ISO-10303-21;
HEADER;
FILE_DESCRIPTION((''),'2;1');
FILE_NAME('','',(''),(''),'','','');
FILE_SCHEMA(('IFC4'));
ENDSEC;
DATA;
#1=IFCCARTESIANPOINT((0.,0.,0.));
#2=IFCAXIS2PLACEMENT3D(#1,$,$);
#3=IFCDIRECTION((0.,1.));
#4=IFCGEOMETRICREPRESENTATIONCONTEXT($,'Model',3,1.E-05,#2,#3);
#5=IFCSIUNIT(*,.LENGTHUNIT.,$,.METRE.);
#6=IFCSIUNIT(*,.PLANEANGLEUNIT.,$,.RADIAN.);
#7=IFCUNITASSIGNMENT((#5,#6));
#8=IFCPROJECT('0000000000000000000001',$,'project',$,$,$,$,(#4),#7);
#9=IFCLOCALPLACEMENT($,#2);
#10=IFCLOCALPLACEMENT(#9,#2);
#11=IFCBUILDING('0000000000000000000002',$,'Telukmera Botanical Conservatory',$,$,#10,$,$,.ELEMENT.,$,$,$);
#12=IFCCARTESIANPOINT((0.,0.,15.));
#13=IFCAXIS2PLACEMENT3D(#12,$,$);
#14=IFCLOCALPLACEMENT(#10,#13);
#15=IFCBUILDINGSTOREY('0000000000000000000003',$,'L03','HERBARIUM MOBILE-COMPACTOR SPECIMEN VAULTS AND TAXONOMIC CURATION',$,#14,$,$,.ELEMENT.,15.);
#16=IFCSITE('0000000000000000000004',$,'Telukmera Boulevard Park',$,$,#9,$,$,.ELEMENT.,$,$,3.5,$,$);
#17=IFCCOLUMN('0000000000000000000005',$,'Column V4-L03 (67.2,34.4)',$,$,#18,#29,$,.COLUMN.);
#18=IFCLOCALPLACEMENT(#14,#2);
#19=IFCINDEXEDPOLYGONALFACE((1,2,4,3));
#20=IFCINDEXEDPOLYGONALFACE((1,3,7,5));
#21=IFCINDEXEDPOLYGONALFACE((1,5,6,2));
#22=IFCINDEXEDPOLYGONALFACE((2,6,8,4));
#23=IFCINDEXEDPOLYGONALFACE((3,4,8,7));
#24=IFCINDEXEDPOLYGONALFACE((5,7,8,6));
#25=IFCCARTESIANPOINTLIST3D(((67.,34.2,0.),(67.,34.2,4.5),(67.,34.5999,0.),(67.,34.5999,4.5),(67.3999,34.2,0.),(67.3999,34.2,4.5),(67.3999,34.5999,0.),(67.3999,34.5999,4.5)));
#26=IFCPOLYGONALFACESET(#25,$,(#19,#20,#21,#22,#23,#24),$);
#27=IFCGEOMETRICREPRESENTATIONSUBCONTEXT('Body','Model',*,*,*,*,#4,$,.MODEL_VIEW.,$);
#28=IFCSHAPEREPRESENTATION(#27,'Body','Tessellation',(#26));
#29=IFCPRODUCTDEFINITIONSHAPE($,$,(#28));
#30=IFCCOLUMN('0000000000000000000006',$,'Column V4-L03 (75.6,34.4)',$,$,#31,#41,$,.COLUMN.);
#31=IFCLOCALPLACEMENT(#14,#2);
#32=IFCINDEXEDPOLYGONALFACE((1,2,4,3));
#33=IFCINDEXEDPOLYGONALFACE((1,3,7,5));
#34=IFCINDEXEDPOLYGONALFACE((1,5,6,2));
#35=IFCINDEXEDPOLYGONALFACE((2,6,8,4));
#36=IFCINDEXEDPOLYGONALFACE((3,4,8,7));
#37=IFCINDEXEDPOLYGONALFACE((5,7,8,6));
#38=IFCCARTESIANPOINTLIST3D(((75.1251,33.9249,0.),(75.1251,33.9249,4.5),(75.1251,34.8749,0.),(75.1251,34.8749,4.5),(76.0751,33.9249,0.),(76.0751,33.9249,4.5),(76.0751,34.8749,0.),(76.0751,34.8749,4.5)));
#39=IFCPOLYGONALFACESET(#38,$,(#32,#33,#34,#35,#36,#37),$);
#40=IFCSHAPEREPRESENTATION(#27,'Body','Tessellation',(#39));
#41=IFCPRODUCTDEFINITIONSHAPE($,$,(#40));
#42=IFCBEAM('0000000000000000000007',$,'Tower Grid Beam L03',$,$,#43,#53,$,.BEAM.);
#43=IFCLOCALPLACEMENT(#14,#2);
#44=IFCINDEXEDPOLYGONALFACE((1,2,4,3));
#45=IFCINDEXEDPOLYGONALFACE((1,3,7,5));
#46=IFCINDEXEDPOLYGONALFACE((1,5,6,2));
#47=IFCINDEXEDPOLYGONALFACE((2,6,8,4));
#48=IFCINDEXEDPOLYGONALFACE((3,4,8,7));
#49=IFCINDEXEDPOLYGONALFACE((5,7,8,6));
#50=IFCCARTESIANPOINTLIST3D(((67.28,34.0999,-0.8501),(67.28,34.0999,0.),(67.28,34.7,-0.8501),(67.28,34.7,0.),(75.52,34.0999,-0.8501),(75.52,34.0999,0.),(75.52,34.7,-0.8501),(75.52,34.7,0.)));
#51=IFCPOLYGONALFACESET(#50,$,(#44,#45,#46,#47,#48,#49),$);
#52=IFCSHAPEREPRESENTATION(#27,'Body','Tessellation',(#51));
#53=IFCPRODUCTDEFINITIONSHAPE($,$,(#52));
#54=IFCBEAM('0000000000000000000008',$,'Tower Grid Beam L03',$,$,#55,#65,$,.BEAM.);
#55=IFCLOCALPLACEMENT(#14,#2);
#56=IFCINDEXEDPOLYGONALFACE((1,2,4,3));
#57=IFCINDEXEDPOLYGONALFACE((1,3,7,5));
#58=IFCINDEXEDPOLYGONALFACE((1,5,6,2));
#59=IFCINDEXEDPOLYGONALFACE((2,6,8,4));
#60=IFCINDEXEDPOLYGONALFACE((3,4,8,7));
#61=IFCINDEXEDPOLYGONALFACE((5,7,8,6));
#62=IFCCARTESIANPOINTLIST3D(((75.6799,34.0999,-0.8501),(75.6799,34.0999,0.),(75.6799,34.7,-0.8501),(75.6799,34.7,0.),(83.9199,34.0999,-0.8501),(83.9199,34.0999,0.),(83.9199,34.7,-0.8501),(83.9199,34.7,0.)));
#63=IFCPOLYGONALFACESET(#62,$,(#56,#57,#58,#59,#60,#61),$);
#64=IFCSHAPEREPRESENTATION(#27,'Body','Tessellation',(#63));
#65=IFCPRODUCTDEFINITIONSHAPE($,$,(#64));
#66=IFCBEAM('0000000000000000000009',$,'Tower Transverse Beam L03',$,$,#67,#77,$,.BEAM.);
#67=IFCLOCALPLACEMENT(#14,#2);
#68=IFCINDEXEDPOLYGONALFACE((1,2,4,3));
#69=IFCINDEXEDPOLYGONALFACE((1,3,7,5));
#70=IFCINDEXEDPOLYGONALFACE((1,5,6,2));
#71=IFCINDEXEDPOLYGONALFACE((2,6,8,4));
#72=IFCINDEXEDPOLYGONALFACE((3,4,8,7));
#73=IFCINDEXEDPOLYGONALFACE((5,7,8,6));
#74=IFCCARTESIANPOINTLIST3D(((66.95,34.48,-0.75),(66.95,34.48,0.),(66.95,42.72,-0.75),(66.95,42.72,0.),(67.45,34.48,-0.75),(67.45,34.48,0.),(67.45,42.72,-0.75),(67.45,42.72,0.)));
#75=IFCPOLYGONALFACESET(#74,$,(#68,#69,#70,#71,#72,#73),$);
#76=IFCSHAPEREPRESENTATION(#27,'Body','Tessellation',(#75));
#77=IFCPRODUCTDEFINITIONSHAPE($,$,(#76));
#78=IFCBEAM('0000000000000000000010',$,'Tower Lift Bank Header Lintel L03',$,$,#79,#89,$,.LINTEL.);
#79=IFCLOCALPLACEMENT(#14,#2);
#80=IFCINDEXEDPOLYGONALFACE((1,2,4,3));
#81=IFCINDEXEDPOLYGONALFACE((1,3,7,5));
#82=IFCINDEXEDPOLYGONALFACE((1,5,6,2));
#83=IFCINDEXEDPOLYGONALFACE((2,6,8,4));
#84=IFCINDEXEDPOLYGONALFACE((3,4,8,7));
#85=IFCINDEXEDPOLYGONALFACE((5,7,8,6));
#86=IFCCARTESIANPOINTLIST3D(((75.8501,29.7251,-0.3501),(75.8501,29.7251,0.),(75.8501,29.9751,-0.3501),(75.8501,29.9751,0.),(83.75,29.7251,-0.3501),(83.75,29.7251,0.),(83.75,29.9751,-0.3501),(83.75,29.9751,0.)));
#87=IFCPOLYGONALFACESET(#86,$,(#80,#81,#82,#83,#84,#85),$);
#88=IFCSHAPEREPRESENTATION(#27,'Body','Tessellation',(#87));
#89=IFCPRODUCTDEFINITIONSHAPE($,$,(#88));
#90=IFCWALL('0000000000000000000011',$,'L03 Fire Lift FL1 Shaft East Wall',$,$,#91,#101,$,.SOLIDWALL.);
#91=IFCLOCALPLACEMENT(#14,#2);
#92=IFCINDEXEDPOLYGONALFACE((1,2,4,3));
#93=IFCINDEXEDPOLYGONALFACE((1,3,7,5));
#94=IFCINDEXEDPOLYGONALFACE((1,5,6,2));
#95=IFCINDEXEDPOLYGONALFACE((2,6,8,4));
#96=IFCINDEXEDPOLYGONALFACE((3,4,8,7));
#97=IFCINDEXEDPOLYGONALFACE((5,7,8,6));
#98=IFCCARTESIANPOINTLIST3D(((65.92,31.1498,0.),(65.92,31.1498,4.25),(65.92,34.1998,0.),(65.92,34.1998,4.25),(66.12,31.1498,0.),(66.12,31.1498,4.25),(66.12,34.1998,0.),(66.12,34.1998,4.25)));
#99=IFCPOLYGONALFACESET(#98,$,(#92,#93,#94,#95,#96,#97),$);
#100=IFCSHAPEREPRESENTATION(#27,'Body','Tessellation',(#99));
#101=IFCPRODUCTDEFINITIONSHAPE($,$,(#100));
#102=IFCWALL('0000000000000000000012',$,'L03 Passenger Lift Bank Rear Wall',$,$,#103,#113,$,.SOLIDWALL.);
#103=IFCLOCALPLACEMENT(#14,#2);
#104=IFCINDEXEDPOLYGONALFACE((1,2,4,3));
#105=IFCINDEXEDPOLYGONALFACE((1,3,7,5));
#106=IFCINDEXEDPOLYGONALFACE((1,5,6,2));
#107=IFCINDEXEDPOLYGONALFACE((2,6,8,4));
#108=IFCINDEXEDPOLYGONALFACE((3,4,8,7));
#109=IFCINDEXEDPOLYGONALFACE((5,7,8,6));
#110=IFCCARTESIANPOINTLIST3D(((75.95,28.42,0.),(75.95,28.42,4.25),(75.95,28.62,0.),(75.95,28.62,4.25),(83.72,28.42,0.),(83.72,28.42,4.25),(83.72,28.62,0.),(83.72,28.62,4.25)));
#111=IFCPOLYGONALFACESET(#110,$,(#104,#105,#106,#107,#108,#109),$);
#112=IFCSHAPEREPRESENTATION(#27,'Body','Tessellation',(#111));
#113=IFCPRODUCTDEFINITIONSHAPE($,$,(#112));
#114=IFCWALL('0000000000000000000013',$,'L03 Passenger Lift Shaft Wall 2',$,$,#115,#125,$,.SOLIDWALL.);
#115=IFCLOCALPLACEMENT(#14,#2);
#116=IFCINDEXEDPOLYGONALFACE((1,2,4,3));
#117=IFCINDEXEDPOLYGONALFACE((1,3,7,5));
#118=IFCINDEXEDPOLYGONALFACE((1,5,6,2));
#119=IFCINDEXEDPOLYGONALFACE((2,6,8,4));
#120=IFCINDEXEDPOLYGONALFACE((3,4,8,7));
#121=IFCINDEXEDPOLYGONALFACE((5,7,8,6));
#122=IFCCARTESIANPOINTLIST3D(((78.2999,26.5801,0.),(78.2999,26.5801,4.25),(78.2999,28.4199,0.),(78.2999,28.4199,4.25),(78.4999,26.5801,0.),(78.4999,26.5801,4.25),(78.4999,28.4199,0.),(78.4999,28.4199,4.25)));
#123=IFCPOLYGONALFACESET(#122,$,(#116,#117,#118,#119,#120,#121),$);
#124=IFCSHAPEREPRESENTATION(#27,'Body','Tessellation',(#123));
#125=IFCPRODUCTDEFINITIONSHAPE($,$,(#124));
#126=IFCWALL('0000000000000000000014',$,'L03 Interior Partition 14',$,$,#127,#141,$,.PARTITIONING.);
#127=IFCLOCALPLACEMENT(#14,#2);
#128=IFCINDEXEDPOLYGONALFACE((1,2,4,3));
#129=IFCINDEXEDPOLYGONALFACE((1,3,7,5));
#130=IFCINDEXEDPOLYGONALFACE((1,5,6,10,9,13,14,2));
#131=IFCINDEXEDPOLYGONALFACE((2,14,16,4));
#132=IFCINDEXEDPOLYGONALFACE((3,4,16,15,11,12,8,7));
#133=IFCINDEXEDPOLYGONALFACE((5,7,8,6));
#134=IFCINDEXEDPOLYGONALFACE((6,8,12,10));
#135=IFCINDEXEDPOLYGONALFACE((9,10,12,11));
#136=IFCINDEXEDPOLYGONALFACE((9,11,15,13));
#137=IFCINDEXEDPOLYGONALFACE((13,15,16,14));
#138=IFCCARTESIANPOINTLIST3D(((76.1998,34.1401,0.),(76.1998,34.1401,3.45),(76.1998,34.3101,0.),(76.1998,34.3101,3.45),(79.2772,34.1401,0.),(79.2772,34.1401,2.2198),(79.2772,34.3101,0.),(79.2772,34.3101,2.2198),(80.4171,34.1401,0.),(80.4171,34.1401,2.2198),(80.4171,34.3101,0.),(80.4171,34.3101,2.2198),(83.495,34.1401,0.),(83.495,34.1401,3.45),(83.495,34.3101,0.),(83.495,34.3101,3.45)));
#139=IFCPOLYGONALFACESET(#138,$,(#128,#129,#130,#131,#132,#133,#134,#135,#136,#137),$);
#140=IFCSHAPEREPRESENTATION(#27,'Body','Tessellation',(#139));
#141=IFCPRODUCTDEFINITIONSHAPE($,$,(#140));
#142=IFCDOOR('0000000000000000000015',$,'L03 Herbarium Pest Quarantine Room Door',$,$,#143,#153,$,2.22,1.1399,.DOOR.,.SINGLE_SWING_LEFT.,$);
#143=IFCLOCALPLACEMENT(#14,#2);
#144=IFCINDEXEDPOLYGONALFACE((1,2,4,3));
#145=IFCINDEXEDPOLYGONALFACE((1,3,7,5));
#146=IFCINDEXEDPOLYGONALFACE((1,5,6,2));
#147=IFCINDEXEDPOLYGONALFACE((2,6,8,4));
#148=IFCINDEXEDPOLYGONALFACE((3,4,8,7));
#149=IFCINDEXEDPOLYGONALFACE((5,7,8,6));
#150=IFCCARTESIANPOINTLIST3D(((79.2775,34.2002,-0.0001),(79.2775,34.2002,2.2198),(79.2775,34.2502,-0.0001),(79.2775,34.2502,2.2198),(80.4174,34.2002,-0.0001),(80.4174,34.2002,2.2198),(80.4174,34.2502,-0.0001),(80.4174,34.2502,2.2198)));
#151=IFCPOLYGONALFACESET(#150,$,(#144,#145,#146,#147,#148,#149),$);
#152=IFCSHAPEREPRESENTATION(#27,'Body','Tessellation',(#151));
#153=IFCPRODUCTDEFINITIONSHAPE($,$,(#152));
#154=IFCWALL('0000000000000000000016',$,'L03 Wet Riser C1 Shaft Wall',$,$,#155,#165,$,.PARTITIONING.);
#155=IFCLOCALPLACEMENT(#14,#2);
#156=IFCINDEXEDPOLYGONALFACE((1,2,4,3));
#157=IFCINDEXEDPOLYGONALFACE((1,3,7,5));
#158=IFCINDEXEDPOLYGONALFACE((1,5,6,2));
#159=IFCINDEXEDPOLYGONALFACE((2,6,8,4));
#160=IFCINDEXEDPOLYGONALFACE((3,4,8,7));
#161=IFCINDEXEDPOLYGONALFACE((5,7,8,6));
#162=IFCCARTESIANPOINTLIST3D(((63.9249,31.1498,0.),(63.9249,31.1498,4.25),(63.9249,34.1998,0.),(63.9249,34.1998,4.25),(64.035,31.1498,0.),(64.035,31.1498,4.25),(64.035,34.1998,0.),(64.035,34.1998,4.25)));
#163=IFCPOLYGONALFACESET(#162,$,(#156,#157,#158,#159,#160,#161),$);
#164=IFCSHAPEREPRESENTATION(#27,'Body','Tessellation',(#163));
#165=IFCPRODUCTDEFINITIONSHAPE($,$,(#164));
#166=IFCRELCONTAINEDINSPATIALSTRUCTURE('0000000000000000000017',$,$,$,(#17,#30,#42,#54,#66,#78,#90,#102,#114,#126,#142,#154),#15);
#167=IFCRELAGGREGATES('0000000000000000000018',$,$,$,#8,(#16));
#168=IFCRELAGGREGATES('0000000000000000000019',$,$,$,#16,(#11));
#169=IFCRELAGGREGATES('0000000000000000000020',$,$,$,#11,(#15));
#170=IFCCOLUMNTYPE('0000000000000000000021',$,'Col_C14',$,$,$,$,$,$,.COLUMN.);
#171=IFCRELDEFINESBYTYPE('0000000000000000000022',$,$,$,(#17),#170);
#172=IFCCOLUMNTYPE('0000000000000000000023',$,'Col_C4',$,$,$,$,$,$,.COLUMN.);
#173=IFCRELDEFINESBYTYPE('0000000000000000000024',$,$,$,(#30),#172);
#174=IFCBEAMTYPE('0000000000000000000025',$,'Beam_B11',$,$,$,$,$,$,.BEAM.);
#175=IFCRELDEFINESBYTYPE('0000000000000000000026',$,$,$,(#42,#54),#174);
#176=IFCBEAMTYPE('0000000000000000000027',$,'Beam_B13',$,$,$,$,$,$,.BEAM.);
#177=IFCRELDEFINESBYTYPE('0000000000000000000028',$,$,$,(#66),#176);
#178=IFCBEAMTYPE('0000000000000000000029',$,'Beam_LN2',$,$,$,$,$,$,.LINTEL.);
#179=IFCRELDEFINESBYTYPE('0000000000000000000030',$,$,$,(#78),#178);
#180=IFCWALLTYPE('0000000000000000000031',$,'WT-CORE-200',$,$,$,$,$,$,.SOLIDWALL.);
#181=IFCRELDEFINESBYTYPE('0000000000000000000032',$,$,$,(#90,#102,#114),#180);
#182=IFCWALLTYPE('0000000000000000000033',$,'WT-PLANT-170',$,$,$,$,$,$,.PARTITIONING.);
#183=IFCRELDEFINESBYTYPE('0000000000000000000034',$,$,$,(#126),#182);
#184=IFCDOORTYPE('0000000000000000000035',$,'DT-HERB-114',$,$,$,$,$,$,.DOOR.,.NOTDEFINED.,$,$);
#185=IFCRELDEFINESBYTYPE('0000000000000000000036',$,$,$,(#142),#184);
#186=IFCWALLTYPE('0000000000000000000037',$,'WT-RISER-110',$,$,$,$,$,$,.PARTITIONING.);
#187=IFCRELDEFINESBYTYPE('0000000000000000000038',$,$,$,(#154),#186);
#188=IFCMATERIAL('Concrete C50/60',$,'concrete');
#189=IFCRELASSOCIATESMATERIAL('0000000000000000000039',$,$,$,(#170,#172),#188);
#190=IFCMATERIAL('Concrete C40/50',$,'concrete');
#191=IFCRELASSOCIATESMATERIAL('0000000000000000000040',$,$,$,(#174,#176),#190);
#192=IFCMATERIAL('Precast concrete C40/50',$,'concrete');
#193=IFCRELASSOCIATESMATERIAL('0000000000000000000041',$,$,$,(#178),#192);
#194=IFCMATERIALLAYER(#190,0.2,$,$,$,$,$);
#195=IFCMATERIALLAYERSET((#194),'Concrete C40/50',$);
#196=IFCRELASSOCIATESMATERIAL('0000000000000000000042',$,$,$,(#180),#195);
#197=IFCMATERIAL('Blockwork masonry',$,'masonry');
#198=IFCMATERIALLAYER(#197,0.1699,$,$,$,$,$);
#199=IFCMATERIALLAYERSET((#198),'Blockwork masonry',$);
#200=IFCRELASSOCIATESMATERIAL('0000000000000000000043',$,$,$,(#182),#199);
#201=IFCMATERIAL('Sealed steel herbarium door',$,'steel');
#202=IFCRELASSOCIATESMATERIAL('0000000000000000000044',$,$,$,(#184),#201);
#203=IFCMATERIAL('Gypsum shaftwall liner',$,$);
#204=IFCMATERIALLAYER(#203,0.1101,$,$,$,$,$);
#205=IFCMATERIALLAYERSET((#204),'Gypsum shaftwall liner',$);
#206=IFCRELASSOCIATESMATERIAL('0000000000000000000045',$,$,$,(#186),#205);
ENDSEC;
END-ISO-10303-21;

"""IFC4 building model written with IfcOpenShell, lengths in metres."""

from ifc_helpers import new_model, si_unit, direction, frame, frame_2d, origin, origin_2d, place, context, subcontext, project, spatial, rectangle, extrude, material, layer, layer_set, material_profile, profile_set, type_object, element, fill, save


model = new_model("IFC4")

# Units and contexts
model_context = context("Model", 3, precision=1e-05, world=origin(), true_north=direction((0.0, 1.0)))
body_context = subcontext(model_context, "Body", "Model", "MODEL_VIEW")
ifc_project = project(units=[si_unit("LENGTHUNIT", "METRE"), si_unit("PLANEANGLEUNIT", "RADIAN")], contexts=[model_context])

# Site, building, storey
site_placement = place(None, origin())
site = spatial("IfcSite", under=ifc_project, at=site_placement, Name="Telukmera Boulevard Park", CompositionType="ELEMENT", RefElevation=3.5)
building_placement = place(site_placement, origin())
building = spatial("IfcBuilding", under=site, at=building_placement, Name="Telukmera Botanical Conservatory", CompositionType="ELEMENT")
storey_placement = place(building_placement, frame((0.0, 0.0, 15.0)))
storey = spatial("IfcBuildingStorey", under=building, at=storey_placement, Name="L03", Description="HERBARIUM MOBILE-COMPACTOR SPECIMEN VAULTS AND TAXONOMIC CURATION", CompositionType="ELEMENT", Elevation=15.0)

# Columns
ifc_material_1 = material(Name="Concrete C50/60", Category="concrete")
ifc_material_profile_1 = material_profile(ifc_material_1, rectangle(XDim=0.3999, YDim=0.3999, at=origin_2d()), Name="RC 400x400")
ifc_profile_set_1 = profile_set([ifc_material_profile_1], Name="Concrete C50/60")
column_type_1 = type_object("IfcColumnType", Name="Col_C14", PredefinedType="COLUMN", material=ifc_profile_set_1)
column_1_placement = place(storey_placement, frame((67.2, 34.3999, 0.0), z_axis=(0.0, 0.0, 1.0), x_axis=(1.0, 0.0, 0.0)))
element("IfcColumn", 1, at=column_1_placement, inside=storey, type_object=column_type_1, Name="Column V4-L03 (67.2,34.4)", PredefinedType="COLUMN", context=body_context, shape_type="SweptSolid", body=[
    extrude(rectangle(XDim=0.3999, YDim=0.3999, at=origin_2d()), origin(), (0.0, 0.0, 1.0), 4.5),
])
ifc_material_profile_2 = material_profile(ifc_material_1, rectangle(XDim=0.95, YDim=0.95, at=origin_2d()), Name="RC 950x950")
ifc_profile_set_2 = profile_set([ifc_material_profile_2], Name="Concrete C50/60")
column_type_2 = type_object("IfcColumnType", Name="Col_C4", PredefinedType="COLUMN", material=ifc_profile_set_2)
column_2_placement = place(storey_placement, frame((75.6001, 34.3999, 0.0), z_axis=(0.0, 0.0, 1.0), x_axis=(1.0, 0.0, 0.0)))
element("IfcColumn", 2, at=column_2_placement, inside=storey, type_object=column_type_2, Name="Column V4-L03 (75.6,34.4)", PredefinedType="COLUMN", context=body_context, shape_type="SweptSolid", body=[
    extrude(rectangle(XDim=0.95, YDim=0.95, at=origin_2d()), origin(), (0.0, 0.0, 1.0), 4.5),
])

# Beams
ifc_material_2 = material(Name="Concrete C40/50", Category="concrete")
ifc_material_profile_3 = material_profile(ifc_material_2, rectangle(XDim=0.6001, YDim=0.8501, at=origin_2d()), Name="RC 600x850")
ifc_profile_set_3 = profile_set([ifc_material_profile_3], Name="Concrete C40/50")
beam_type_1 = type_object("IfcBeamType", Name="Beam_B11", PredefinedType="BEAM", material=ifc_profile_set_3)
for number, where, z_axis, x_axis, name in (
    (3, (67.28, 34.3999, -0.425), (1.0, 0.0, 0.0), (0.0, 1.0, 0.0), "Tower Grid Beam L03"),
    (4, (75.6799, 34.3999, -0.425), (1.0, 0.0, 0.0), (0.0, 1.0, 0.0), "Tower Grid Beam L03"),
):
    element("IfcBeam", number, at=place(storey_placement, frame(where, z_axis=z_axis, x_axis=x_axis)), inside=storey, type_object=beam_type_1, Name=name, PredefinedType="BEAM", context=body_context, shape_type="SweptSolid", body=[
        extrude(rectangle(XDim=0.6001, YDim=0.8501, at=origin_2d()), origin(), (0.0, 0.0, 1.0), 8.24),
    ])
ifc_material_profile_4 = material_profile(ifc_material_2, rectangle(XDim=0.5, YDim=0.75, at=origin_2d()), Name="RC 500x750")
ifc_profile_set_4 = profile_set([ifc_material_profile_4], Name="Concrete C40/50")
beam_type_2 = type_object("IfcBeamType", Name="Beam_B13", PredefinedType="BEAM", material=ifc_profile_set_4)
beam_1_placement = place(storey_placement, frame((67.2, 34.48, -0.375), z_axis=(0.0, 1.0, 0.0), x_axis=(-1.0, 0.0, 0.0)))
element("IfcBeam", 5, at=beam_1_placement, inside=storey, type_object=beam_type_2, Name="Tower Transverse Beam L03", PredefinedType="BEAM", context=body_context, shape_type="SweptSolid", body=[
    extrude(rectangle(XDim=0.5, YDim=0.75, at=origin_2d()), origin(), (0.0, 0.0, 1.0), 8.24),
])
ifc_material_3 = material(Name="Precast concrete C40/50", Category="concrete")
ifc_material_profile_5 = material_profile(ifc_material_3, rectangle(XDim=0.25, YDim=0.3501, at=origin_2d()), Name="PC 250x350")
ifc_profile_set_5 = profile_set([ifc_material_profile_5], Name="Precast concrete C40/50")
beam_type_3 = type_object("IfcBeamType", Name="Beam_LN2", PredefinedType="LINTEL", material=ifc_profile_set_5)
beam_2_placement = place(storey_placement, frame((75.8501, 29.8501, -0.175), z_axis=(1.0, 0.0, 0.0), x_axis=(0.0, 1.0, 0.0)))
element("IfcBeam", 6, at=beam_2_placement, inside=storey, type_object=beam_type_3, Name="Tower Lift Bank Header Lintel L03", PredefinedType="LINTEL", context=body_context, shape_type="SweptSolid", body=[
    extrude(rectangle(XDim=0.25, YDim=0.3501, at=origin_2d()), origin(), (0.0, 0.0, 1.0), 7.8999),
])

# Shared definitions
ifc_layer_1 = layer(ifc_material_2, 0.2)
ifc_layer_set_1 = layer_set([ifc_layer_1], Name="Concrete C40/50")
wall_type_1 = type_object("IfcWallType", Name="WT-CORE-200", PredefinedType="SOLIDWALL", material=ifc_layer_set_1)

# Walls
wall_1_placement = place(storey_placement, frame((66.02, 31.1499, 0.0), z_axis=(0.0, 0.0, 1.0), x_axis=(0.0, 1.0, 0.0)))
element("IfcWall", 7, at=wall_1_placement, inside=storey, type_object=wall_type_1, Name="L03 Fire Lift FL1 Shaft East Wall", PredefinedType="SOLIDWALL", context=body_context, shape_type="SweptSolid", body=[
    extrude(rectangle(XDim=3.05, YDim=0.2, at=frame_2d((1.5249, 0.0))), origin(), (0.0, 0.0, 1.0), 4.25),
])
wall_2_placement = place(storey_placement, frame((75.95, 28.52, 0.0), z_axis=(0.0, 0.0, 1.0), x_axis=(1.0, 0.0, 0.0)))
element("IfcWall", 8, at=wall_2_placement, inside=storey, type_object=wall_type_1, Name="L03 Passenger Lift Bank Rear Wall", PredefinedType="SOLIDWALL", context=body_context, shape_type="SweptSolid", body=[
    extrude(rectangle(XDim=7.77, YDim=0.2, at=frame_2d((3.885, 0.0))), origin(), (0.0, 0.0, 1.0), 4.25),
])
wall_3_placement = place(storey_placement, frame((78.3999, 26.5801, 0.0), z_axis=(0.0, 0.0, 1.0), x_axis=(0.0, 1.0, 0.0)))
element("IfcWall", 9, at=wall_3_placement, inside=storey, type_object=wall_type_1, Name="L03 Passenger Lift Shaft Wall 2", PredefinedType="SOLIDWALL", context=body_context, shape_type="SweptSolid", body=[
    extrude(rectangle(XDim=1.8398, YDim=0.2, at=frame_2d((0.9199, 0.0))), origin(), (0.0, 0.0, 1.0), 4.25),
])

# Wall, opening, door
ifc_material_4 = material(Name="Blockwork masonry", Category="masonry")
ifc_layer_2 = layer(ifc_material_4, 0.1699)
ifc_layer_set_2 = layer_set([ifc_layer_2], Name="Blockwork masonry")
wall_type_2 = type_object("IfcWallType", Name="WT-PLANT-170", PredefinedType="PARTITIONING", material=ifc_layer_set_2)
wall_4_placement = place(storey_placement, frame((76.2, 34.2251, 0.0), z_axis=(0.0, 0.0, 1.0), x_axis=(1.0, 0.0, 0.0)))
wall_4 = element("IfcWall", 10, at=wall_4_placement, inside=storey, type_object=wall_type_2, Name="L03 Interior Partition 14", PredefinedType="PARTITIONING", context=body_context, shape_type="SweptSolid", body=[
    extrude(rectangle(XDim=7.2952, YDim=0.1699, at=frame_2d((3.6475, 0.0))), origin(), (0.0, 0.0, 1.0), 3.45),
])
opening_1_placement = place(wall_4_placement, frame((3.0774, 0.0, 0.0)))
opening_1 = element("IfcOpeningElement", 11, at=opening_1_placement, cuts=wall_4, PredefinedType="OPENING", context=body_context, shape_type="SweptSolid", body=[
    extrude(rectangle(XDim=1.1399, YDim=2.22, at=frame_2d((0.5698, 1.1099))), frame((0.0, 0.095, 0.0), z_axis=(0.0, -1.0, 0.0), x_axis=(1.0, 0.0, 0.0)), (0.0, 0.0, 1.0), 0.1899),
])
ifc_material_5 = material(Name="Sealed steel herbarium door", Category="steel")
door_type_1 = type_object("IfcDoorType", Name="DT-HERB-114", OperationType="NOTDEFINED", PredefinedType="DOOR", material=ifc_material_5)
door_1_placement = place(opening_1_placement, frame((1.1399, 0.0, 0.0), z_axis=(0.0, 0.0, 1.0), x_axis=(-1.0, 0.0, 0.0)))
door_1 = element("IfcDoor", 12, at=door_1_placement, inside=storey, type_object=door_type_1, Name="L03 Herbarium Pest Quarantine Room Door", OperationType="SINGLE_SWING_LEFT", OverallHeight=2.22, OverallWidth=1.1399, PredefinedType="DOOR", context=body_context, shape_type="SweptSolid", body=[
    extrude(rectangle(XDim=1.1399, YDim=2.22, at=frame_2d((0.5698, 1.1099))), frame((0.0, 0.0249, 0.0), z_axis=(0.0, -1.0, 0.0), x_axis=(1.0, 0.0, 0.0)), (0.0, 0.0, 1.0), 0.05),
])
fill(opening_1, door_1)

# Wall
ifc_material_6 = material(Name="Gypsum shaftwall liner")
ifc_layer_3 = layer(ifc_material_6, 0.1101)
ifc_layer_set_3 = layer_set([ifc_layer_3], Name="Gypsum shaftwall liner")
wall_type_3 = type_object("IfcWallType", Name="WT-RISER-110", PredefinedType="PARTITIONING", material=ifc_layer_set_3)
wall_5_placement = place(storey_placement, frame((63.98, 31.1499, 0.0), z_axis=(0.0, 0.0, 1.0), x_axis=(0.0, 1.0, 0.0)))
element("IfcWall", 13, at=wall_5_placement, inside=storey, type_object=wall_type_3, Name="L03 Wet Riser C1 Shaft Wall", PredefinedType="PARTITIONING", context=body_context, shape_type="SweptSolid", body=[
    extrude(rectangle(XDim=3.05, YDim=0.1101, at=frame_2d((1.5249, 0.0))), origin(), (0.0, 0.0, 1.0), 4.25),
])

save(model, "model.ifc")
